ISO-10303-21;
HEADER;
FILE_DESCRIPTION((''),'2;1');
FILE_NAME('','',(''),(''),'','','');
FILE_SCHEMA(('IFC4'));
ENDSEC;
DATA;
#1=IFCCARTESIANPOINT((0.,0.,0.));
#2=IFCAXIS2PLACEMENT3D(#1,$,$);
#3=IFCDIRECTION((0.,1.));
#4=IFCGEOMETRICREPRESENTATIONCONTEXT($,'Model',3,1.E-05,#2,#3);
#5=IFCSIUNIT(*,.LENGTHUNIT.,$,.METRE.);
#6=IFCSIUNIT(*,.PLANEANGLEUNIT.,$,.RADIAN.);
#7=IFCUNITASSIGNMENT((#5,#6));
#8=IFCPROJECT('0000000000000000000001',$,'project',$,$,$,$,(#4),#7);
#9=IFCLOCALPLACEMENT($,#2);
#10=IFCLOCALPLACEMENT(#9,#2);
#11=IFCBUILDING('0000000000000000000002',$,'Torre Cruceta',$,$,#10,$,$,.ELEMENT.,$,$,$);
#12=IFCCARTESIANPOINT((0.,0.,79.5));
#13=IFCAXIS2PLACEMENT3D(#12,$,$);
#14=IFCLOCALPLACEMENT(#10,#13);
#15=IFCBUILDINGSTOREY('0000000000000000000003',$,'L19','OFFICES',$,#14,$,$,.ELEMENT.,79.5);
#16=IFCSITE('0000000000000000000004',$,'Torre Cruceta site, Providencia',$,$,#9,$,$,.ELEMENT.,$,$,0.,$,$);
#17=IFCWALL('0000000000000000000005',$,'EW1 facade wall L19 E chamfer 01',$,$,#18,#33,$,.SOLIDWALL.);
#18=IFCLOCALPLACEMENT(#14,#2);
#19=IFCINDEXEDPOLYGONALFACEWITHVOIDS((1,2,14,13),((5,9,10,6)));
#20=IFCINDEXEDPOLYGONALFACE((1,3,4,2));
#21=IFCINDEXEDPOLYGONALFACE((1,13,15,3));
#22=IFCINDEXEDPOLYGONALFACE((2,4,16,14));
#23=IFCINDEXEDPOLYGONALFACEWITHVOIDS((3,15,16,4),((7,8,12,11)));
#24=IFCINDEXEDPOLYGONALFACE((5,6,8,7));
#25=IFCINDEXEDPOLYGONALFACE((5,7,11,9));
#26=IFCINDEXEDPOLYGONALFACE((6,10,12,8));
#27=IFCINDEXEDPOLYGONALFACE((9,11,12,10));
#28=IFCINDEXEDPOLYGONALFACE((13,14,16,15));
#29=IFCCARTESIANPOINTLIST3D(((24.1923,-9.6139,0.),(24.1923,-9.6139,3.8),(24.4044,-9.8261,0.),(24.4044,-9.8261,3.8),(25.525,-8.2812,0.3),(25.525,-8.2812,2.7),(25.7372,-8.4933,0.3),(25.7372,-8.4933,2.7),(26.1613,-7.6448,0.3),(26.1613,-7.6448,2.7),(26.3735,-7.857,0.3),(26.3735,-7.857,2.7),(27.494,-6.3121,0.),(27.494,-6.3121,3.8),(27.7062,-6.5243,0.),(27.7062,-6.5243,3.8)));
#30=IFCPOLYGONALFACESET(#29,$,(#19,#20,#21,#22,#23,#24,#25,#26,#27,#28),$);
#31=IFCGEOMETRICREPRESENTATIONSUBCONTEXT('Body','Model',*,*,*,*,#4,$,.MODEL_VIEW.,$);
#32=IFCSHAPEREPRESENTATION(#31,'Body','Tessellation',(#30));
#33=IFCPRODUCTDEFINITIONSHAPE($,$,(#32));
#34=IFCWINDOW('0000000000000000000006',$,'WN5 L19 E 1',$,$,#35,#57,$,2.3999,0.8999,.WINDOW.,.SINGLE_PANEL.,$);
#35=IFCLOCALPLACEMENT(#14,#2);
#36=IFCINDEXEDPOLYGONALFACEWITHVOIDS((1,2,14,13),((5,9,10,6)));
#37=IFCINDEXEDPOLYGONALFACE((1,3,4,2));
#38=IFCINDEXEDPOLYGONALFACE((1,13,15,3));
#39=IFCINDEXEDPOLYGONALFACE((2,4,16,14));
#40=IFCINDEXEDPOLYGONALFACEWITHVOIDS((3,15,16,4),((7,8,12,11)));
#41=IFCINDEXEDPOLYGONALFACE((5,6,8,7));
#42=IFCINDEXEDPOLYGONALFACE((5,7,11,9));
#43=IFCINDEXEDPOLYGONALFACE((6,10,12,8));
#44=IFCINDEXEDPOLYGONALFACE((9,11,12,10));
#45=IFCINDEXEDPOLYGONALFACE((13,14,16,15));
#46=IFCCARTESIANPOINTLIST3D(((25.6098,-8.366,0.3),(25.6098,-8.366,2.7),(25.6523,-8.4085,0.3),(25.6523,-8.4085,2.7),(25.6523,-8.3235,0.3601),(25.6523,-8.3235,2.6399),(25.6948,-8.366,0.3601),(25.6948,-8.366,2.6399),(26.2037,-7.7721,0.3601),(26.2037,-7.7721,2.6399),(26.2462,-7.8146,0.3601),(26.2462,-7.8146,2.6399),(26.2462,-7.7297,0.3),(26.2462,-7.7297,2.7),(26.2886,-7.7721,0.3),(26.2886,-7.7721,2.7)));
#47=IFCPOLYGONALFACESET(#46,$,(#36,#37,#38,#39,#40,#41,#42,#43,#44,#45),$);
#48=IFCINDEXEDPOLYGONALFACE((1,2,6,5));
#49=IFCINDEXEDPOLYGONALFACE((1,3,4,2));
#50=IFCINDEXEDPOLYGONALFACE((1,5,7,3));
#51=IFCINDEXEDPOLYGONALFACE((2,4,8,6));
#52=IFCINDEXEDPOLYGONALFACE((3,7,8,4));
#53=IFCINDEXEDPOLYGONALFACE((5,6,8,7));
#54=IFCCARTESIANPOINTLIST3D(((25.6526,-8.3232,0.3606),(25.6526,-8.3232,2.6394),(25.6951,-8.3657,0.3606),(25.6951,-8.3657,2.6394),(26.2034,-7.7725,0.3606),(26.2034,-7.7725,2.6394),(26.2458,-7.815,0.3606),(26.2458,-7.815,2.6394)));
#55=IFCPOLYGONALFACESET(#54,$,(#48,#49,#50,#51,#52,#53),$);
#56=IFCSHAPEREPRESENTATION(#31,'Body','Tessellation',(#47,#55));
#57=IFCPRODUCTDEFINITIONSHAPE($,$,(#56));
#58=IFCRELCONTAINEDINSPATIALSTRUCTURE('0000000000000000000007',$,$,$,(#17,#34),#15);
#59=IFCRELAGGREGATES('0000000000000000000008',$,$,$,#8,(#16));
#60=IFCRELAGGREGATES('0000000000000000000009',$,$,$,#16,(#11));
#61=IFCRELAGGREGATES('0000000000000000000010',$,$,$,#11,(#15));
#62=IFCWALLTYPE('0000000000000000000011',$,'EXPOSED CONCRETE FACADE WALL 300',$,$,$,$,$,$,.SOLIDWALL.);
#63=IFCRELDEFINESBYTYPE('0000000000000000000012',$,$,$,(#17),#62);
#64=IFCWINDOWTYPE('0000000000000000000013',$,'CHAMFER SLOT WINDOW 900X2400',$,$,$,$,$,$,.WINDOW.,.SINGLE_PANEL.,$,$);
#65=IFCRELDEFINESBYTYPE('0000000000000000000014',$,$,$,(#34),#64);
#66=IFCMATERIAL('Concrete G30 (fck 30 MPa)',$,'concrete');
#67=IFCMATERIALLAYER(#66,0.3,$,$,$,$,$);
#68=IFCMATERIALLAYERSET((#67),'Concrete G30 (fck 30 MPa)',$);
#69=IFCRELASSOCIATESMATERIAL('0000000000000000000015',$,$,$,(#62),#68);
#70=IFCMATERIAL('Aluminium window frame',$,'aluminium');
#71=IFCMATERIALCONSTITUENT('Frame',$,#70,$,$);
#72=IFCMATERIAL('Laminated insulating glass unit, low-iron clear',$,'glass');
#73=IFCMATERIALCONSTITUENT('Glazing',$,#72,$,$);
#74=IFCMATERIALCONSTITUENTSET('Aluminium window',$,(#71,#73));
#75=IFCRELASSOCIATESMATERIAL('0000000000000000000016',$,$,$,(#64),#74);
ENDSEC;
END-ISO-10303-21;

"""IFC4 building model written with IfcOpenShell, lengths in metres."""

from ifc_helpers import new_model, si_unit, direction, frame, frame_2d, origin, place, context, subcontext, project, spatial, rectangle, hollow_rectangle, extrude, material, layer, layer_set, constituent, constituent_set, type_object, element, fill, save


model = new_model("IFC4")

# Units and contexts
model_context = context("Model", 3, precision=1e-05, world=origin(), true_north=direction((0.0, 1.0)))
body_context = subcontext(model_context, "Body", "Model", "MODEL_VIEW")
ifc_project = project(units=[si_unit("LENGTHUNIT", "METRE"), si_unit("PLANEANGLEUNIT", "RADIAN")], contexts=[model_context])

# Site, building, storey
site_placement = place(None, origin())
site = spatial("IfcSite", under=ifc_project, at=site_placement, Name="Torre Cruceta site, Providencia", CompositionType="ELEMENT", RefElevation=0.0)
building_placement = place(site_placement, origin())
building = spatial("IfcBuilding", under=site, at=building_placement, Name="Torre Cruceta", CompositionType="ELEMENT")
storey_placement = place(building_placement, frame((0.0, 0.0, 79.5)))
storey = spatial("IfcBuildingStorey", under=building, at=storey_placement, Name="L19", Description="OFFICES", CompositionType="ELEMENT", Elevation=79.5)

# Wall, opening, window
ifc_material_1 = material(Name="Concrete G30 (fck 30 MPa)", Category="concrete")
ifc_layer_1 = layer(ifc_material_1, 0.3)
ifc_layer_set_1 = layer_set([ifc_layer_1], Name="Concrete G30 (fck 30 MPa)")
wall_type = type_object("IfcWallType", Name="EXPOSED CONCRETE FACADE WALL 300", PredefinedType="SOLIDWALL", material=ifc_layer_set_1)
wall_placement = place(storey_placement, frame((24.2983, -9.72, 0.0), z_axis=(0.0, 0.0, 1.0), x_axis=(0.707107, 0.707107, 0.0)))
wall = element("IfcWall", 1, at=wall_placement, inside=storey, type_object=wall_type, Name="EW1 facade wall L19 E chamfer 01", PredefinedType="SOLIDWALL", context=body_context, shape_type="SweptSolid", body=[
    extrude(rectangle(XDim=4.6694, YDim=0.3, at=frame_2d((2.3347, 0.0))), origin(), (0.0, 0.0, 1.0), 3.8),
])
opening_placement = place(wall_placement, frame((1.8848, 0.0, 0.3)))
opening = element("IfcOpeningElement", 2, at=opening_placement, cuts=wall, PredefinedType="OPENING", context=body_context, shape_type="SweptSolid", body=[
    extrude(rectangle(XDim=0.8999, YDim=2.3999, at=frame_2d((0.45, 1.2))), frame((0.0, 0.1599, 0.0), z_axis=(0.0, -1.0, 0.0), x_axis=(1.0, 0.0, 0.0)), (0.0, 0.0, 1.0), 0.3201),
])
ifc_material_2 = material(Name="Aluminium window frame", Category="aluminium")
ifc_constituent_1 = constituent(ifc_material_2, Name="Frame")
ifc_material_3 = material(Name="Laminated insulating glass unit, low-iron clear", Category="glass")
ifc_constituent_2 = constituent(ifc_material_3, Name="Glazing")
ifc_constituent_set = constituent_set(constituents=[ifc_constituent_1, ifc_constituent_2], Name="Aluminium window")
window_type = type_object("IfcWindowType", Name="CHAMFER SLOT WINDOW 900X2400", PartitioningType="SINGLE_PANEL", PredefinedType="WINDOW", material=ifc_constituent_set)
window_placement = place(opening_placement, origin())
window = element("IfcWindow", 3, at=window_placement, inside=storey, type_object=window_type, Name="WN5 L19 E 1", OverallHeight=2.3999, OverallWidth=0.8999, PartitioningType="SINGLE_PANEL", PredefinedType="WINDOW", context=body_context, shape_type="SweptSolid", body=[
    extrude(hollow_rectangle(XDim=0.8999, YDim=2.3999, WallThickness=0.0601, at=frame_2d((0.45, 1.2))), frame((0.0, 0.03, 0.0), z_axis=(0.0, -1.0, 0.0), x_axis=(1.0, 0.0, 0.0)), (0.0, 0.0, 1.0), 0.0601),
    extrude(rectangle(XDim=0.7788, YDim=2.2788, at=frame_2d((0.45, 1.2))), frame((0.0, 0.03, 0.0), z_axis=(0.0, -1.0, 0.0), x_axis=(1.0, 0.0, 0.0)), (0.0, 0.0, 1.0), 0.0601),
])
fill(opening, window)

save(model, "model.ifc")
